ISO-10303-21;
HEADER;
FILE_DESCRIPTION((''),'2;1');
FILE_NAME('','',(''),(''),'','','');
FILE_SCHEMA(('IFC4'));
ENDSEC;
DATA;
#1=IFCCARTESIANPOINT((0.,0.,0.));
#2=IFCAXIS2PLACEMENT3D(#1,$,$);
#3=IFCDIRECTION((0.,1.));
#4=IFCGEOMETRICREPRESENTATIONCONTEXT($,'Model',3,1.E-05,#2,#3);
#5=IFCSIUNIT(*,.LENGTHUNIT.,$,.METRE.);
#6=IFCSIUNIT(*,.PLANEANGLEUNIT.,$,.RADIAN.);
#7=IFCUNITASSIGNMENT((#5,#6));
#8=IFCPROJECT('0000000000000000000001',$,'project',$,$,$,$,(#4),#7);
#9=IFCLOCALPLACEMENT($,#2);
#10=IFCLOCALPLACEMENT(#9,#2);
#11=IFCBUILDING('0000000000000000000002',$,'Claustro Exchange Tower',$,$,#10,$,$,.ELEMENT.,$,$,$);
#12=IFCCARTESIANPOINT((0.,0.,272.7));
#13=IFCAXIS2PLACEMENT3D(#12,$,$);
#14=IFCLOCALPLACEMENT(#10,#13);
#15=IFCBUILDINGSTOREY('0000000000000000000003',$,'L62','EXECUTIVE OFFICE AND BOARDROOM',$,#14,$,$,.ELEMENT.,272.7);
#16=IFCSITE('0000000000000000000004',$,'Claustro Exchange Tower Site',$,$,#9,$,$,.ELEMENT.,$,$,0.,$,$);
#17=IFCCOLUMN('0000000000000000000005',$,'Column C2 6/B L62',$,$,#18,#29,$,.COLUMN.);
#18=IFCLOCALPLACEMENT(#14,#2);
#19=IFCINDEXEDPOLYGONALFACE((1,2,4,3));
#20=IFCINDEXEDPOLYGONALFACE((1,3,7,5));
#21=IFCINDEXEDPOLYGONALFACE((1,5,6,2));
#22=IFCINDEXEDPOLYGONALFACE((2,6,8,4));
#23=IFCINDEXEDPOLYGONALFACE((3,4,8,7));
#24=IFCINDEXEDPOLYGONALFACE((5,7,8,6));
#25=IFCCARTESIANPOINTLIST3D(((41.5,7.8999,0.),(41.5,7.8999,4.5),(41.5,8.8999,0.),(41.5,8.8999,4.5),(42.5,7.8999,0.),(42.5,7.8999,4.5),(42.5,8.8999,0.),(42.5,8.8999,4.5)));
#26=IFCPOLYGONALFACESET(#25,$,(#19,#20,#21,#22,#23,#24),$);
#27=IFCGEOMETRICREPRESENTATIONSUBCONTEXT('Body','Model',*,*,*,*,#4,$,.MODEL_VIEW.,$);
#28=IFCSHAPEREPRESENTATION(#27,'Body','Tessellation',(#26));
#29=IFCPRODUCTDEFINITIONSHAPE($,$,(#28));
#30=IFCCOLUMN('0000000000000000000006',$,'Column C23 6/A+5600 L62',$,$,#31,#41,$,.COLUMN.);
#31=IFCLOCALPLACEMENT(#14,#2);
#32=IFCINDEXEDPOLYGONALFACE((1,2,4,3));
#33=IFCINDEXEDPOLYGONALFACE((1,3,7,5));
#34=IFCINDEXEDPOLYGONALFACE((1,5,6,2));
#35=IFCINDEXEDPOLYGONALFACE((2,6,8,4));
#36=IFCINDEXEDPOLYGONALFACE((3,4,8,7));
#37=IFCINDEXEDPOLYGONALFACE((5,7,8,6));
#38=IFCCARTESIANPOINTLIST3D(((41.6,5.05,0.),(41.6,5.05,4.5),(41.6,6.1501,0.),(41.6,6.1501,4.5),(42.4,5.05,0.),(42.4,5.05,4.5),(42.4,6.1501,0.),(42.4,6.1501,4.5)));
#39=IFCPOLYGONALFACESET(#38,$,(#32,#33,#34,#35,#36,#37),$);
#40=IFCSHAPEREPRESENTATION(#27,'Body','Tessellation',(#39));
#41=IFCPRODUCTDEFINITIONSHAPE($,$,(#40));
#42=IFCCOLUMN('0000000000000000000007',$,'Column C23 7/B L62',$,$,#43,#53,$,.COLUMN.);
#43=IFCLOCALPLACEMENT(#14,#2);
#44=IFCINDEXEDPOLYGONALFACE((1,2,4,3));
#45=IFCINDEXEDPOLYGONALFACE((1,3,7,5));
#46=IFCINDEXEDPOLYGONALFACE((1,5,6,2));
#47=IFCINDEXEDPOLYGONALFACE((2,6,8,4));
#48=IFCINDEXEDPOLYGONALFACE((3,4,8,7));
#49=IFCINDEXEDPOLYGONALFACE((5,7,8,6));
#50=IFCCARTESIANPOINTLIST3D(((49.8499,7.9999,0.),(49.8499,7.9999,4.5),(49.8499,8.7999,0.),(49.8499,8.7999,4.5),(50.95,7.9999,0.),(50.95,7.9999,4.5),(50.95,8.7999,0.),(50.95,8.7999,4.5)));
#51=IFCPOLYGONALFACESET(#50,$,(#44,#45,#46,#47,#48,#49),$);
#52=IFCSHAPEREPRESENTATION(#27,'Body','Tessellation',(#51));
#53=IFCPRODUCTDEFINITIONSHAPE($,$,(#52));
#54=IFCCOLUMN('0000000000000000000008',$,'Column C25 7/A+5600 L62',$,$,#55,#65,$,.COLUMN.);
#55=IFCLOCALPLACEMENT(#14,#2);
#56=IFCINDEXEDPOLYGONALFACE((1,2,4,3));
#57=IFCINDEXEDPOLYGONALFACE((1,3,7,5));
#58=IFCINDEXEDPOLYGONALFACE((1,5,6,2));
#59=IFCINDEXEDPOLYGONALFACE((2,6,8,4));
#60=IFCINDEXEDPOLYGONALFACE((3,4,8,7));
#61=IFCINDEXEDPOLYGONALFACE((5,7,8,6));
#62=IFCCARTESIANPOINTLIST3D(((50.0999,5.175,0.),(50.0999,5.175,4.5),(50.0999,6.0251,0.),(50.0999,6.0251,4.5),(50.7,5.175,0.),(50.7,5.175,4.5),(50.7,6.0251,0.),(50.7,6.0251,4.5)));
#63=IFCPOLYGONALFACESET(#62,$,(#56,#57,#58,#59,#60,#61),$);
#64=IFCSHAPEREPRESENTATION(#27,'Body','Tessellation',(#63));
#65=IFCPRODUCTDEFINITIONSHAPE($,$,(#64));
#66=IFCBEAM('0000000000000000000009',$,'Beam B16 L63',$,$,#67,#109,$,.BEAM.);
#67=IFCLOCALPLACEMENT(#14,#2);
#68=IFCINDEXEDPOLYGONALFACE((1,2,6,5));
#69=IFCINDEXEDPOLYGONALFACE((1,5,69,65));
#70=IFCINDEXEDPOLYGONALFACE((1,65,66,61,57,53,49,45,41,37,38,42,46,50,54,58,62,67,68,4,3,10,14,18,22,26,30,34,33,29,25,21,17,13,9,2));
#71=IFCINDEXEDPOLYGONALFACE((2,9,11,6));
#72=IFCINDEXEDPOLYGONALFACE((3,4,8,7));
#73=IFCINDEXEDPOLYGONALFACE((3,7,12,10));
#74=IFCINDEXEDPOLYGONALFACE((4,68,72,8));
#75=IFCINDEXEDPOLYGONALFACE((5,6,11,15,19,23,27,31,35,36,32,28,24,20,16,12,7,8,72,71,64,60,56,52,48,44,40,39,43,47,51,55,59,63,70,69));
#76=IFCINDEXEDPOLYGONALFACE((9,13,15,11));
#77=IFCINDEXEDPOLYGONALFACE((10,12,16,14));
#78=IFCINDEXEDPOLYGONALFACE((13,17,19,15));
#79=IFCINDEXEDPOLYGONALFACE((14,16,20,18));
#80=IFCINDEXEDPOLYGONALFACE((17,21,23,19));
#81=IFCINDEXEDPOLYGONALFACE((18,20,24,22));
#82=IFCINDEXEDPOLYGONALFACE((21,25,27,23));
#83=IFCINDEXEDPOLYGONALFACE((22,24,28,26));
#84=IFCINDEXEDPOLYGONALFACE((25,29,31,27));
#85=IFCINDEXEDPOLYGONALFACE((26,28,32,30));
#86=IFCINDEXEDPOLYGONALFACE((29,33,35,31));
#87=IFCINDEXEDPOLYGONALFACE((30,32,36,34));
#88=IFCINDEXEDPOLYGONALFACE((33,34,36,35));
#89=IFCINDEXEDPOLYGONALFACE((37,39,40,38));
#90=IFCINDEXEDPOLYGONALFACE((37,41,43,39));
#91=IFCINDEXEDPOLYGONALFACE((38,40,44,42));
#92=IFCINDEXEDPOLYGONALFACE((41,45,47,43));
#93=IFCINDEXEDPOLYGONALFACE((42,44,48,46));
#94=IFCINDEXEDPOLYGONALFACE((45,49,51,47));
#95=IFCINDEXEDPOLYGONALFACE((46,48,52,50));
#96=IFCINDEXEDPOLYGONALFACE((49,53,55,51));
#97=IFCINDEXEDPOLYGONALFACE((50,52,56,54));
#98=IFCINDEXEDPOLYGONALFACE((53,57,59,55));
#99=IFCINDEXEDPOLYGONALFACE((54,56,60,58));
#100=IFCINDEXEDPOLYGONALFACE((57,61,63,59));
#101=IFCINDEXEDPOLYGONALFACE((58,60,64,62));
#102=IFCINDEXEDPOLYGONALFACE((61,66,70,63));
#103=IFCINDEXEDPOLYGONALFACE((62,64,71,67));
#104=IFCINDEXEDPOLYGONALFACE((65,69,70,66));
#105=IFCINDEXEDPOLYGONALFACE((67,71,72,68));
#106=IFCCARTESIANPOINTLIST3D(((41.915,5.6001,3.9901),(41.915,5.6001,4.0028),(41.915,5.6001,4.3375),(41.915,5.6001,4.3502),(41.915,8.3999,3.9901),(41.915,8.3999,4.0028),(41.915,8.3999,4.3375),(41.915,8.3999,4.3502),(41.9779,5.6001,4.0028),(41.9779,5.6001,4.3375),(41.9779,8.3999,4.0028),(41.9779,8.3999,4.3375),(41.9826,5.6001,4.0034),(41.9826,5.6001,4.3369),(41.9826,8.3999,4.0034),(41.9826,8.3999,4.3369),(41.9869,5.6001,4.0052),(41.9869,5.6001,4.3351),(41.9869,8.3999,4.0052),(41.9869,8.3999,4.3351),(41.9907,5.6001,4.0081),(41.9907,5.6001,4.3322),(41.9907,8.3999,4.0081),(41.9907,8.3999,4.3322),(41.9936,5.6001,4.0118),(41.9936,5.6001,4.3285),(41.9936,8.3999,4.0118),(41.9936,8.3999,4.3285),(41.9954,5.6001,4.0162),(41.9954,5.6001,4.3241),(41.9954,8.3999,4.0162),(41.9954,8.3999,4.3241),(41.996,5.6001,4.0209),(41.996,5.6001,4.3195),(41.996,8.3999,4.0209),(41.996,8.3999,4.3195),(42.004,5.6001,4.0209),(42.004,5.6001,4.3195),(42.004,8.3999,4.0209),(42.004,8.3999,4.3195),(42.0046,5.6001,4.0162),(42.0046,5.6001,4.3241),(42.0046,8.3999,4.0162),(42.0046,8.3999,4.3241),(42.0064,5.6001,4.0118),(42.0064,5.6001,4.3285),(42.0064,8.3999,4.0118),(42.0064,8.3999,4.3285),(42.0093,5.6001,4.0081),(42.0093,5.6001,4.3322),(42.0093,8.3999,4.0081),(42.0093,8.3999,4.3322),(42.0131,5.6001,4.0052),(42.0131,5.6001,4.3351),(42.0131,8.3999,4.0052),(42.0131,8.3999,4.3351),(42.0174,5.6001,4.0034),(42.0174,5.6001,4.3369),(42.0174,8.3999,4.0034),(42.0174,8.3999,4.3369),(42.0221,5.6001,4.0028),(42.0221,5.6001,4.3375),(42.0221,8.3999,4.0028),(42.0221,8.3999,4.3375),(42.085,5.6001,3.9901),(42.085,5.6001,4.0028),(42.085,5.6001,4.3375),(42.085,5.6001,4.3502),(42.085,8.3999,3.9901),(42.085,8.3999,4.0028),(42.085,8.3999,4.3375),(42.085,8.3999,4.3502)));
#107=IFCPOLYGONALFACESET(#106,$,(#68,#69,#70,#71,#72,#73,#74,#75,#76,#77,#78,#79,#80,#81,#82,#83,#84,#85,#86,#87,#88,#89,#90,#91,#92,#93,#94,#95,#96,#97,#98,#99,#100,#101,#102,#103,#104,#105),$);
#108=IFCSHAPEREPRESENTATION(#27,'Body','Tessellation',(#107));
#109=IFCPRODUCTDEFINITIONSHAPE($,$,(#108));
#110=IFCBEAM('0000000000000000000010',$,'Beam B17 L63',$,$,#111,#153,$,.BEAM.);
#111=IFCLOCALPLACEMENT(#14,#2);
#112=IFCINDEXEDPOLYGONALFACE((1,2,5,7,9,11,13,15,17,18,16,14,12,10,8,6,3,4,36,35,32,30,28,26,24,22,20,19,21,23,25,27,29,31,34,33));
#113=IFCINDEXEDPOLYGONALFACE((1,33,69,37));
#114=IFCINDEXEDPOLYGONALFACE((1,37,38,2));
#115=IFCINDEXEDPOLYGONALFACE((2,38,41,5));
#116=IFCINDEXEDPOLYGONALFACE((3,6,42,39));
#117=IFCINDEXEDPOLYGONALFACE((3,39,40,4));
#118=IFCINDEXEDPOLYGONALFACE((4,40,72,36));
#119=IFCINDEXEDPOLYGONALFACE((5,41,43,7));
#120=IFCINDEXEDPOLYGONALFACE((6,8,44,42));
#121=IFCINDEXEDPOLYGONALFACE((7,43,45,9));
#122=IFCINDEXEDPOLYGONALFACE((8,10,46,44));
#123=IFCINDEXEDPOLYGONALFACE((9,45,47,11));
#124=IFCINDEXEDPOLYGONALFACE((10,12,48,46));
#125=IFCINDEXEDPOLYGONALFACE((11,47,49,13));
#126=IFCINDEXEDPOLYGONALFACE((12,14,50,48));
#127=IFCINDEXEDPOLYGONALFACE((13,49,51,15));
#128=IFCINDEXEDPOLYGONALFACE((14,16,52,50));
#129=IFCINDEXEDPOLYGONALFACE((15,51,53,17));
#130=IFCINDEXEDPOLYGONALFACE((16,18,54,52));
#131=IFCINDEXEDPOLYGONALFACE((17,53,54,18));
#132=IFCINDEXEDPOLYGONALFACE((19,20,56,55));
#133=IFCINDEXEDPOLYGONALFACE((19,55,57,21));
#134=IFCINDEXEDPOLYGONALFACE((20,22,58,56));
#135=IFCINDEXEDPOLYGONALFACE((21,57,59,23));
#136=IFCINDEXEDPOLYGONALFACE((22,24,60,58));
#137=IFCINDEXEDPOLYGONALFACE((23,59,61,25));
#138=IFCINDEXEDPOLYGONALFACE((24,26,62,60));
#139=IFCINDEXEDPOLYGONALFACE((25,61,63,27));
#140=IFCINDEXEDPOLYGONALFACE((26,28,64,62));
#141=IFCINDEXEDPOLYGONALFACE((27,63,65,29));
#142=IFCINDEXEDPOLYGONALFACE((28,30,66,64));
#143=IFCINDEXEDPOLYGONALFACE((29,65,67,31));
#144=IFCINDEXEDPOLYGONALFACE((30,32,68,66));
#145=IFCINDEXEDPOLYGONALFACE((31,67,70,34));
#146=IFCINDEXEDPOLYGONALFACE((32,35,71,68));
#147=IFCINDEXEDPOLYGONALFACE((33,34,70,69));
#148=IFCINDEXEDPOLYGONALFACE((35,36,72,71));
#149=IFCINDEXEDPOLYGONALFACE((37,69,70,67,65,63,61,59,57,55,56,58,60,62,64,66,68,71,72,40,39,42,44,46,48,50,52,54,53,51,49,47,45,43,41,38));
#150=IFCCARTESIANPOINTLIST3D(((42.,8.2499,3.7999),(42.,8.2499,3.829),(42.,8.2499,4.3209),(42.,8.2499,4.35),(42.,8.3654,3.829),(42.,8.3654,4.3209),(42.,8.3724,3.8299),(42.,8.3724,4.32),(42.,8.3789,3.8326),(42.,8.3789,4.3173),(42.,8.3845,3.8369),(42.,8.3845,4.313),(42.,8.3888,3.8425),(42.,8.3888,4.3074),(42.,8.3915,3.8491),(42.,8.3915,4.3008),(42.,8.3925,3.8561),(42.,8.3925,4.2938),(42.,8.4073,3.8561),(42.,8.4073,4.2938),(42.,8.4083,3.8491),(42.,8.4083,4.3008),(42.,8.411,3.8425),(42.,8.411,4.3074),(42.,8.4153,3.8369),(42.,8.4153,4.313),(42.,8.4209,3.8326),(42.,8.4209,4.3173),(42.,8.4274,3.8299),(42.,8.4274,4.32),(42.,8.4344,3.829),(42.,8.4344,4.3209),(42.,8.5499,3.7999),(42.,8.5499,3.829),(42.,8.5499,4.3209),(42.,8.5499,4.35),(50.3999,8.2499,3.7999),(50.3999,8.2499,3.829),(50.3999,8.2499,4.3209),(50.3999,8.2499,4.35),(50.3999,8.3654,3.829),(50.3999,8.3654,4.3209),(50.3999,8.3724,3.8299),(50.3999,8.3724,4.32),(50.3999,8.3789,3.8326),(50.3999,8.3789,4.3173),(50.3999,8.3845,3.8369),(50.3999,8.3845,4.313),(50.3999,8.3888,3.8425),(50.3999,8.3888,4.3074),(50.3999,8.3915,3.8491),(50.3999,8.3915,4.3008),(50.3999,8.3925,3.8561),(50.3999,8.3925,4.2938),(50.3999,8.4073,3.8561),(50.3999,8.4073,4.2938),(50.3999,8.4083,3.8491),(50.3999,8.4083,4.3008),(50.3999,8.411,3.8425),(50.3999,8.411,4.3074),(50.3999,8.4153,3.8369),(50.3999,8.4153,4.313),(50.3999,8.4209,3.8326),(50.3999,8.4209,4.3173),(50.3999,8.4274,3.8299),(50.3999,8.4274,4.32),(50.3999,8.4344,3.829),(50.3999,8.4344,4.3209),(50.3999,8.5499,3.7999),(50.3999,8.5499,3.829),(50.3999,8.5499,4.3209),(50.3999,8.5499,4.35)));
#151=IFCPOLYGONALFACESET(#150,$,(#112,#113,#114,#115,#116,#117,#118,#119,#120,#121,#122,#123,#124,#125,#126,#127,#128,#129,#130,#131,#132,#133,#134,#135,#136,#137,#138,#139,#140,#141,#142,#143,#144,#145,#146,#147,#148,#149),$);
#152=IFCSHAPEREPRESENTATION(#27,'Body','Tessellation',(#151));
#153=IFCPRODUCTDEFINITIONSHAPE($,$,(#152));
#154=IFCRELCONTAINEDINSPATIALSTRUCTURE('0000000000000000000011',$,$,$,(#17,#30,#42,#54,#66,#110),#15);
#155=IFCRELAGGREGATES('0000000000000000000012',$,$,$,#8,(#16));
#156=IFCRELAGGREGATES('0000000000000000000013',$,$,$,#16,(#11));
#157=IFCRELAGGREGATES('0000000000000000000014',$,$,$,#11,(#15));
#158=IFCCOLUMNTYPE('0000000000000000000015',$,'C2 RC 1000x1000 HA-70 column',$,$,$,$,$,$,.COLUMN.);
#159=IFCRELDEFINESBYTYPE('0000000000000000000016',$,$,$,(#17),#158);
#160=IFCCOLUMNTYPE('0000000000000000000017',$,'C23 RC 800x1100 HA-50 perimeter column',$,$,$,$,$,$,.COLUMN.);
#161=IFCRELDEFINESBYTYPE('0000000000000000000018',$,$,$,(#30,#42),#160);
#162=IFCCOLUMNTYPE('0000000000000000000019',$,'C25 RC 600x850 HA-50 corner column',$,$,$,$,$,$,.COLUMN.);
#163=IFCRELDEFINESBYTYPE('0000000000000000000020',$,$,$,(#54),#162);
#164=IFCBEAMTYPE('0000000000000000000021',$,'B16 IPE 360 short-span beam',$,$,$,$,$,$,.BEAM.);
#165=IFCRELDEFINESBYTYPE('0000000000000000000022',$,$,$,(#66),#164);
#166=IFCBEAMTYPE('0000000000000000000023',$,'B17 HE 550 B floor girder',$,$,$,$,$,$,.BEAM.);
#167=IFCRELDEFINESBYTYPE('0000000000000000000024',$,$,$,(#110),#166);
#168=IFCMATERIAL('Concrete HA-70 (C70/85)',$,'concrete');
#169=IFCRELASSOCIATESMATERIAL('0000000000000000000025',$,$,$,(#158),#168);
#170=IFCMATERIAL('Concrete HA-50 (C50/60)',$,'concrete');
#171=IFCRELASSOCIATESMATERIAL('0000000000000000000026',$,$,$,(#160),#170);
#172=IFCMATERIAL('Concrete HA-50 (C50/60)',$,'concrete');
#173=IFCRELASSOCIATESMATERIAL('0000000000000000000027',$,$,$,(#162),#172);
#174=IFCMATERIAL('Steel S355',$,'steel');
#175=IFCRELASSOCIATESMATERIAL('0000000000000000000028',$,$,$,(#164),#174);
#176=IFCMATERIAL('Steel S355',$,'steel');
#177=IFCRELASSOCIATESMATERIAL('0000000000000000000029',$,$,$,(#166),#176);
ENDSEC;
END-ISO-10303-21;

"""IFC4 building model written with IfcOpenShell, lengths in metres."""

from ifc_helpers import new_model, si_unit, direction, frame, origin, origin_2d, place, context, subcontext, project, spatial, rectangle, i_section, extrude, material, material_profile, profile_set, type_object, element, save


model = new_model("IFC4")

# Units and contexts
model_context = context("Model", 3, precision=1e-05, world=origin(), true_north=direction((0.0, 1.0)))
body_context = subcontext(model_context, "Body", "Model", "MODEL_VIEW")
ifc_project = project(units=[si_unit("LENGTHUNIT", "METRE"), si_unit("PLANEANGLEUNIT", "RADIAN")], contexts=[model_context])

# Site, building, storey
site_placement = place(None, origin())
site = spatial("IfcSite", under=ifc_project, at=site_placement, Name="Claustro Exchange Tower Site", CompositionType="ELEMENT", RefElevation=0.0)
building_placement = place(site_placement, origin())
building = spatial("IfcBuilding", under=site, at=building_placement, Name="Claustro Exchange Tower", CompositionType="ELEMENT")
storey_placement = place(building_placement, frame((0.0, 0.0, 272.7)))
storey = spatial("IfcBuildingStorey", under=building, at=storey_placement, Name="L62", Description="EXECUTIVE OFFICE AND BOARDROOM", CompositionType="ELEMENT", Elevation=272.7)

# Columns
ifc_material_1 = material(Name="Concrete HA-70 (C70/85)", Category="concrete")
ifc_material_profile_1 = material_profile(ifc_material_1, rectangle(XDim=1.0, YDim=1.0, at=origin_2d()), Name="RC 1000x1000")
ifc_profile_set_1 = profile_set([ifc_material_profile_1], Name="Concrete HA-70 (C70/85)")
column_type_1 = type_object("IfcColumnType", Name="C2 RC 1000x1000 HA-70 column", PredefinedType="COLUMN", material=ifc_profile_set_1)
column_1_placement = place(storey_placement, frame((42.0, 8.3999, 0.0), z_axis=(0.0, 0.0, 1.0), x_axis=(1.0, 0.0, 0.0)))
element("IfcColumn", 1, at=column_1_placement, inside=storey, type_object=column_type_1, Name="Column C2 6/B L62", PredefinedType="COLUMN", context=body_context, shape_type="SweptSolid", body=[
    extrude(rectangle(XDim=1.0, YDim=1.0, at=origin_2d()), origin(), (0.0, 0.0, 1.0), 4.5),
])
ifc_material_2 = material(Name="Concrete HA-50 (C50/60)", Category="concrete")
ifc_material_profile_2 = material_profile(ifc_material_2, rectangle(XDim=0.8, YDim=1.1001, at=origin_2d()), Name="RC 800x1100")
ifc_profile_set_2 = profile_set([ifc_material_profile_2], Name="Concrete HA-50 (C50/60)")
column_type_2 = type_object("IfcColumnType", Name="C23 RC 800x1100 HA-50 perimeter column", PredefinedType="COLUMN", material=ifc_profile_set_2)
for number, where, z_axis, x_axis, name in (
    (2, (42.0, 5.6001, 0.0), (0.0, 0.0, 1.0), (1.0, 0.0, 0.0), "Column C23 6/A+5600 L62"),
    (3, (50.3999, 8.3999, 0.0), (0.0, 0.0, 1.0), (0.0, 1.0, 0.0), "Column C23 7/B L62"),
):
    element("IfcColumn", number, at=place(storey_placement, frame(where, z_axis=z_axis, x_axis=x_axis)), inside=storey, type_object=column_type_2, Name=name, PredefinedType="COLUMN", context=body_context, shape_type="SweptSolid", body=[
        extrude(rectangle(XDim=0.8, YDim=1.1001, at=origin_2d()), origin(), (0.0, 0.0, 1.0), 4.5),
    ])
ifc_material_3 = material(Name="Concrete HA-50 (C50/60)", Category="concrete")
ifc_material_profile_3 = material_profile(ifc_material_3, rectangle(XDim=0.6001, YDim=0.8501, at=origin_2d()), Name="RC 600x850")
ifc_profile_set_3 = profile_set([ifc_material_profile_3], Name="Concrete HA-50 (C50/60)")
column_type_3 = type_object("IfcColumnType", Name="C25 RC 600x850 HA-50 corner column", PredefinedType="COLUMN", material=ifc_profile_set_3)
column_2_placement = place(storey_placement, frame((50.3999, 5.6001, 0.0), z_axis=(0.0, 0.0, 1.0), x_axis=(1.0, 0.0, 0.0)))
element("IfcColumn", 4, at=column_2_placement, inside=storey, type_object=column_type_3, Name="Column C25 7/A+5600 L62", PredefinedType="COLUMN", context=body_context, shape_type="SweptSolid", body=[
    extrude(rectangle(XDim=0.6001, YDim=0.8501, at=origin_2d()), origin(), (0.0, 0.0, 1.0), 4.5),
])

# Beams
ifc_material_4 = material(Name="Steel S355", Category="steel")
ifc_material_profile_4 = material_profile(ifc_material_4, i_section(OverallWidth=0.1699, OverallDepth=0.3601, WebThickness=0.0081, FlangeThickness=0.0127, FilletRadius=0.0181, at=origin_2d()), Name="IPE 360")
ifc_profile_set_4 = profile_set([ifc_material_profile_4], Name="Steel S355")
beam_type_1 = type_object("IfcBeamType", Name="B16 IPE 360 short-span beam", PredefinedType="BEAM", material=ifc_profile_set_4)
beam_1_placement = place(storey_placement, frame((42.0, 5.6001, 4.1702), z_axis=(0.0, 1.0, 0.0), x_axis=(-1.0, 0.0, 0.0)))
element("IfcBeam", 5, at=beam_1_placement, inside=storey, type_object=beam_type_1, Name="Beam B16 L63", PredefinedType="BEAM", context=body_context, shape_type="SweptSolid", body=[
    extrude(i_section(OverallWidth=0.1699, OverallDepth=0.3601, WebThickness=0.0081, FlangeThickness=0.0127, FilletRadius=0.0181, at=origin_2d()), origin(), (0.0, 0.0, 1.0), 2.7998),
])
ifc_material_5 = material(Name="Steel S355", Category="steel")
ifc_material_profile_5 = material_profile(ifc_material_5, i_section(OverallWidth=0.3, OverallDepth=0.55, WebThickness=0.0149, FlangeThickness=0.0291, FilletRadius=0.0271, at=origin_2d()), Name="HE 550 B")
ifc_profile_set_5 = profile_set([ifc_material_profile_5], Name="Steel S355")
beam_type_2 = type_object("IfcBeamType", Name="B17 HE 550 B floor girder", PredefinedType="BEAM", material=ifc_profile_set_5)
beam_2_placement = place(storey_placement, frame((42.0, 8.3999, 4.075), z_axis=(1.0, 0.0, 0.0), x_axis=(0.0, 1.0, 0.0)))
element("IfcBeam", 6, at=beam_2_placement, inside=storey, type_object=beam_type_2, Name="Beam B17 L63", PredefinedType="BEAM", context=body_context, shape_type="SweptSolid", body=[
    extrude(i_section(OverallWidth=0.3, OverallDepth=0.55, WebThickness=0.0149, FlangeThickness=0.0291, FilletRadius=0.0271, at=origin_2d()), origin(), (0.0, 0.0, 1.0), 8.3999),
])

save(model, "model.ifc")
